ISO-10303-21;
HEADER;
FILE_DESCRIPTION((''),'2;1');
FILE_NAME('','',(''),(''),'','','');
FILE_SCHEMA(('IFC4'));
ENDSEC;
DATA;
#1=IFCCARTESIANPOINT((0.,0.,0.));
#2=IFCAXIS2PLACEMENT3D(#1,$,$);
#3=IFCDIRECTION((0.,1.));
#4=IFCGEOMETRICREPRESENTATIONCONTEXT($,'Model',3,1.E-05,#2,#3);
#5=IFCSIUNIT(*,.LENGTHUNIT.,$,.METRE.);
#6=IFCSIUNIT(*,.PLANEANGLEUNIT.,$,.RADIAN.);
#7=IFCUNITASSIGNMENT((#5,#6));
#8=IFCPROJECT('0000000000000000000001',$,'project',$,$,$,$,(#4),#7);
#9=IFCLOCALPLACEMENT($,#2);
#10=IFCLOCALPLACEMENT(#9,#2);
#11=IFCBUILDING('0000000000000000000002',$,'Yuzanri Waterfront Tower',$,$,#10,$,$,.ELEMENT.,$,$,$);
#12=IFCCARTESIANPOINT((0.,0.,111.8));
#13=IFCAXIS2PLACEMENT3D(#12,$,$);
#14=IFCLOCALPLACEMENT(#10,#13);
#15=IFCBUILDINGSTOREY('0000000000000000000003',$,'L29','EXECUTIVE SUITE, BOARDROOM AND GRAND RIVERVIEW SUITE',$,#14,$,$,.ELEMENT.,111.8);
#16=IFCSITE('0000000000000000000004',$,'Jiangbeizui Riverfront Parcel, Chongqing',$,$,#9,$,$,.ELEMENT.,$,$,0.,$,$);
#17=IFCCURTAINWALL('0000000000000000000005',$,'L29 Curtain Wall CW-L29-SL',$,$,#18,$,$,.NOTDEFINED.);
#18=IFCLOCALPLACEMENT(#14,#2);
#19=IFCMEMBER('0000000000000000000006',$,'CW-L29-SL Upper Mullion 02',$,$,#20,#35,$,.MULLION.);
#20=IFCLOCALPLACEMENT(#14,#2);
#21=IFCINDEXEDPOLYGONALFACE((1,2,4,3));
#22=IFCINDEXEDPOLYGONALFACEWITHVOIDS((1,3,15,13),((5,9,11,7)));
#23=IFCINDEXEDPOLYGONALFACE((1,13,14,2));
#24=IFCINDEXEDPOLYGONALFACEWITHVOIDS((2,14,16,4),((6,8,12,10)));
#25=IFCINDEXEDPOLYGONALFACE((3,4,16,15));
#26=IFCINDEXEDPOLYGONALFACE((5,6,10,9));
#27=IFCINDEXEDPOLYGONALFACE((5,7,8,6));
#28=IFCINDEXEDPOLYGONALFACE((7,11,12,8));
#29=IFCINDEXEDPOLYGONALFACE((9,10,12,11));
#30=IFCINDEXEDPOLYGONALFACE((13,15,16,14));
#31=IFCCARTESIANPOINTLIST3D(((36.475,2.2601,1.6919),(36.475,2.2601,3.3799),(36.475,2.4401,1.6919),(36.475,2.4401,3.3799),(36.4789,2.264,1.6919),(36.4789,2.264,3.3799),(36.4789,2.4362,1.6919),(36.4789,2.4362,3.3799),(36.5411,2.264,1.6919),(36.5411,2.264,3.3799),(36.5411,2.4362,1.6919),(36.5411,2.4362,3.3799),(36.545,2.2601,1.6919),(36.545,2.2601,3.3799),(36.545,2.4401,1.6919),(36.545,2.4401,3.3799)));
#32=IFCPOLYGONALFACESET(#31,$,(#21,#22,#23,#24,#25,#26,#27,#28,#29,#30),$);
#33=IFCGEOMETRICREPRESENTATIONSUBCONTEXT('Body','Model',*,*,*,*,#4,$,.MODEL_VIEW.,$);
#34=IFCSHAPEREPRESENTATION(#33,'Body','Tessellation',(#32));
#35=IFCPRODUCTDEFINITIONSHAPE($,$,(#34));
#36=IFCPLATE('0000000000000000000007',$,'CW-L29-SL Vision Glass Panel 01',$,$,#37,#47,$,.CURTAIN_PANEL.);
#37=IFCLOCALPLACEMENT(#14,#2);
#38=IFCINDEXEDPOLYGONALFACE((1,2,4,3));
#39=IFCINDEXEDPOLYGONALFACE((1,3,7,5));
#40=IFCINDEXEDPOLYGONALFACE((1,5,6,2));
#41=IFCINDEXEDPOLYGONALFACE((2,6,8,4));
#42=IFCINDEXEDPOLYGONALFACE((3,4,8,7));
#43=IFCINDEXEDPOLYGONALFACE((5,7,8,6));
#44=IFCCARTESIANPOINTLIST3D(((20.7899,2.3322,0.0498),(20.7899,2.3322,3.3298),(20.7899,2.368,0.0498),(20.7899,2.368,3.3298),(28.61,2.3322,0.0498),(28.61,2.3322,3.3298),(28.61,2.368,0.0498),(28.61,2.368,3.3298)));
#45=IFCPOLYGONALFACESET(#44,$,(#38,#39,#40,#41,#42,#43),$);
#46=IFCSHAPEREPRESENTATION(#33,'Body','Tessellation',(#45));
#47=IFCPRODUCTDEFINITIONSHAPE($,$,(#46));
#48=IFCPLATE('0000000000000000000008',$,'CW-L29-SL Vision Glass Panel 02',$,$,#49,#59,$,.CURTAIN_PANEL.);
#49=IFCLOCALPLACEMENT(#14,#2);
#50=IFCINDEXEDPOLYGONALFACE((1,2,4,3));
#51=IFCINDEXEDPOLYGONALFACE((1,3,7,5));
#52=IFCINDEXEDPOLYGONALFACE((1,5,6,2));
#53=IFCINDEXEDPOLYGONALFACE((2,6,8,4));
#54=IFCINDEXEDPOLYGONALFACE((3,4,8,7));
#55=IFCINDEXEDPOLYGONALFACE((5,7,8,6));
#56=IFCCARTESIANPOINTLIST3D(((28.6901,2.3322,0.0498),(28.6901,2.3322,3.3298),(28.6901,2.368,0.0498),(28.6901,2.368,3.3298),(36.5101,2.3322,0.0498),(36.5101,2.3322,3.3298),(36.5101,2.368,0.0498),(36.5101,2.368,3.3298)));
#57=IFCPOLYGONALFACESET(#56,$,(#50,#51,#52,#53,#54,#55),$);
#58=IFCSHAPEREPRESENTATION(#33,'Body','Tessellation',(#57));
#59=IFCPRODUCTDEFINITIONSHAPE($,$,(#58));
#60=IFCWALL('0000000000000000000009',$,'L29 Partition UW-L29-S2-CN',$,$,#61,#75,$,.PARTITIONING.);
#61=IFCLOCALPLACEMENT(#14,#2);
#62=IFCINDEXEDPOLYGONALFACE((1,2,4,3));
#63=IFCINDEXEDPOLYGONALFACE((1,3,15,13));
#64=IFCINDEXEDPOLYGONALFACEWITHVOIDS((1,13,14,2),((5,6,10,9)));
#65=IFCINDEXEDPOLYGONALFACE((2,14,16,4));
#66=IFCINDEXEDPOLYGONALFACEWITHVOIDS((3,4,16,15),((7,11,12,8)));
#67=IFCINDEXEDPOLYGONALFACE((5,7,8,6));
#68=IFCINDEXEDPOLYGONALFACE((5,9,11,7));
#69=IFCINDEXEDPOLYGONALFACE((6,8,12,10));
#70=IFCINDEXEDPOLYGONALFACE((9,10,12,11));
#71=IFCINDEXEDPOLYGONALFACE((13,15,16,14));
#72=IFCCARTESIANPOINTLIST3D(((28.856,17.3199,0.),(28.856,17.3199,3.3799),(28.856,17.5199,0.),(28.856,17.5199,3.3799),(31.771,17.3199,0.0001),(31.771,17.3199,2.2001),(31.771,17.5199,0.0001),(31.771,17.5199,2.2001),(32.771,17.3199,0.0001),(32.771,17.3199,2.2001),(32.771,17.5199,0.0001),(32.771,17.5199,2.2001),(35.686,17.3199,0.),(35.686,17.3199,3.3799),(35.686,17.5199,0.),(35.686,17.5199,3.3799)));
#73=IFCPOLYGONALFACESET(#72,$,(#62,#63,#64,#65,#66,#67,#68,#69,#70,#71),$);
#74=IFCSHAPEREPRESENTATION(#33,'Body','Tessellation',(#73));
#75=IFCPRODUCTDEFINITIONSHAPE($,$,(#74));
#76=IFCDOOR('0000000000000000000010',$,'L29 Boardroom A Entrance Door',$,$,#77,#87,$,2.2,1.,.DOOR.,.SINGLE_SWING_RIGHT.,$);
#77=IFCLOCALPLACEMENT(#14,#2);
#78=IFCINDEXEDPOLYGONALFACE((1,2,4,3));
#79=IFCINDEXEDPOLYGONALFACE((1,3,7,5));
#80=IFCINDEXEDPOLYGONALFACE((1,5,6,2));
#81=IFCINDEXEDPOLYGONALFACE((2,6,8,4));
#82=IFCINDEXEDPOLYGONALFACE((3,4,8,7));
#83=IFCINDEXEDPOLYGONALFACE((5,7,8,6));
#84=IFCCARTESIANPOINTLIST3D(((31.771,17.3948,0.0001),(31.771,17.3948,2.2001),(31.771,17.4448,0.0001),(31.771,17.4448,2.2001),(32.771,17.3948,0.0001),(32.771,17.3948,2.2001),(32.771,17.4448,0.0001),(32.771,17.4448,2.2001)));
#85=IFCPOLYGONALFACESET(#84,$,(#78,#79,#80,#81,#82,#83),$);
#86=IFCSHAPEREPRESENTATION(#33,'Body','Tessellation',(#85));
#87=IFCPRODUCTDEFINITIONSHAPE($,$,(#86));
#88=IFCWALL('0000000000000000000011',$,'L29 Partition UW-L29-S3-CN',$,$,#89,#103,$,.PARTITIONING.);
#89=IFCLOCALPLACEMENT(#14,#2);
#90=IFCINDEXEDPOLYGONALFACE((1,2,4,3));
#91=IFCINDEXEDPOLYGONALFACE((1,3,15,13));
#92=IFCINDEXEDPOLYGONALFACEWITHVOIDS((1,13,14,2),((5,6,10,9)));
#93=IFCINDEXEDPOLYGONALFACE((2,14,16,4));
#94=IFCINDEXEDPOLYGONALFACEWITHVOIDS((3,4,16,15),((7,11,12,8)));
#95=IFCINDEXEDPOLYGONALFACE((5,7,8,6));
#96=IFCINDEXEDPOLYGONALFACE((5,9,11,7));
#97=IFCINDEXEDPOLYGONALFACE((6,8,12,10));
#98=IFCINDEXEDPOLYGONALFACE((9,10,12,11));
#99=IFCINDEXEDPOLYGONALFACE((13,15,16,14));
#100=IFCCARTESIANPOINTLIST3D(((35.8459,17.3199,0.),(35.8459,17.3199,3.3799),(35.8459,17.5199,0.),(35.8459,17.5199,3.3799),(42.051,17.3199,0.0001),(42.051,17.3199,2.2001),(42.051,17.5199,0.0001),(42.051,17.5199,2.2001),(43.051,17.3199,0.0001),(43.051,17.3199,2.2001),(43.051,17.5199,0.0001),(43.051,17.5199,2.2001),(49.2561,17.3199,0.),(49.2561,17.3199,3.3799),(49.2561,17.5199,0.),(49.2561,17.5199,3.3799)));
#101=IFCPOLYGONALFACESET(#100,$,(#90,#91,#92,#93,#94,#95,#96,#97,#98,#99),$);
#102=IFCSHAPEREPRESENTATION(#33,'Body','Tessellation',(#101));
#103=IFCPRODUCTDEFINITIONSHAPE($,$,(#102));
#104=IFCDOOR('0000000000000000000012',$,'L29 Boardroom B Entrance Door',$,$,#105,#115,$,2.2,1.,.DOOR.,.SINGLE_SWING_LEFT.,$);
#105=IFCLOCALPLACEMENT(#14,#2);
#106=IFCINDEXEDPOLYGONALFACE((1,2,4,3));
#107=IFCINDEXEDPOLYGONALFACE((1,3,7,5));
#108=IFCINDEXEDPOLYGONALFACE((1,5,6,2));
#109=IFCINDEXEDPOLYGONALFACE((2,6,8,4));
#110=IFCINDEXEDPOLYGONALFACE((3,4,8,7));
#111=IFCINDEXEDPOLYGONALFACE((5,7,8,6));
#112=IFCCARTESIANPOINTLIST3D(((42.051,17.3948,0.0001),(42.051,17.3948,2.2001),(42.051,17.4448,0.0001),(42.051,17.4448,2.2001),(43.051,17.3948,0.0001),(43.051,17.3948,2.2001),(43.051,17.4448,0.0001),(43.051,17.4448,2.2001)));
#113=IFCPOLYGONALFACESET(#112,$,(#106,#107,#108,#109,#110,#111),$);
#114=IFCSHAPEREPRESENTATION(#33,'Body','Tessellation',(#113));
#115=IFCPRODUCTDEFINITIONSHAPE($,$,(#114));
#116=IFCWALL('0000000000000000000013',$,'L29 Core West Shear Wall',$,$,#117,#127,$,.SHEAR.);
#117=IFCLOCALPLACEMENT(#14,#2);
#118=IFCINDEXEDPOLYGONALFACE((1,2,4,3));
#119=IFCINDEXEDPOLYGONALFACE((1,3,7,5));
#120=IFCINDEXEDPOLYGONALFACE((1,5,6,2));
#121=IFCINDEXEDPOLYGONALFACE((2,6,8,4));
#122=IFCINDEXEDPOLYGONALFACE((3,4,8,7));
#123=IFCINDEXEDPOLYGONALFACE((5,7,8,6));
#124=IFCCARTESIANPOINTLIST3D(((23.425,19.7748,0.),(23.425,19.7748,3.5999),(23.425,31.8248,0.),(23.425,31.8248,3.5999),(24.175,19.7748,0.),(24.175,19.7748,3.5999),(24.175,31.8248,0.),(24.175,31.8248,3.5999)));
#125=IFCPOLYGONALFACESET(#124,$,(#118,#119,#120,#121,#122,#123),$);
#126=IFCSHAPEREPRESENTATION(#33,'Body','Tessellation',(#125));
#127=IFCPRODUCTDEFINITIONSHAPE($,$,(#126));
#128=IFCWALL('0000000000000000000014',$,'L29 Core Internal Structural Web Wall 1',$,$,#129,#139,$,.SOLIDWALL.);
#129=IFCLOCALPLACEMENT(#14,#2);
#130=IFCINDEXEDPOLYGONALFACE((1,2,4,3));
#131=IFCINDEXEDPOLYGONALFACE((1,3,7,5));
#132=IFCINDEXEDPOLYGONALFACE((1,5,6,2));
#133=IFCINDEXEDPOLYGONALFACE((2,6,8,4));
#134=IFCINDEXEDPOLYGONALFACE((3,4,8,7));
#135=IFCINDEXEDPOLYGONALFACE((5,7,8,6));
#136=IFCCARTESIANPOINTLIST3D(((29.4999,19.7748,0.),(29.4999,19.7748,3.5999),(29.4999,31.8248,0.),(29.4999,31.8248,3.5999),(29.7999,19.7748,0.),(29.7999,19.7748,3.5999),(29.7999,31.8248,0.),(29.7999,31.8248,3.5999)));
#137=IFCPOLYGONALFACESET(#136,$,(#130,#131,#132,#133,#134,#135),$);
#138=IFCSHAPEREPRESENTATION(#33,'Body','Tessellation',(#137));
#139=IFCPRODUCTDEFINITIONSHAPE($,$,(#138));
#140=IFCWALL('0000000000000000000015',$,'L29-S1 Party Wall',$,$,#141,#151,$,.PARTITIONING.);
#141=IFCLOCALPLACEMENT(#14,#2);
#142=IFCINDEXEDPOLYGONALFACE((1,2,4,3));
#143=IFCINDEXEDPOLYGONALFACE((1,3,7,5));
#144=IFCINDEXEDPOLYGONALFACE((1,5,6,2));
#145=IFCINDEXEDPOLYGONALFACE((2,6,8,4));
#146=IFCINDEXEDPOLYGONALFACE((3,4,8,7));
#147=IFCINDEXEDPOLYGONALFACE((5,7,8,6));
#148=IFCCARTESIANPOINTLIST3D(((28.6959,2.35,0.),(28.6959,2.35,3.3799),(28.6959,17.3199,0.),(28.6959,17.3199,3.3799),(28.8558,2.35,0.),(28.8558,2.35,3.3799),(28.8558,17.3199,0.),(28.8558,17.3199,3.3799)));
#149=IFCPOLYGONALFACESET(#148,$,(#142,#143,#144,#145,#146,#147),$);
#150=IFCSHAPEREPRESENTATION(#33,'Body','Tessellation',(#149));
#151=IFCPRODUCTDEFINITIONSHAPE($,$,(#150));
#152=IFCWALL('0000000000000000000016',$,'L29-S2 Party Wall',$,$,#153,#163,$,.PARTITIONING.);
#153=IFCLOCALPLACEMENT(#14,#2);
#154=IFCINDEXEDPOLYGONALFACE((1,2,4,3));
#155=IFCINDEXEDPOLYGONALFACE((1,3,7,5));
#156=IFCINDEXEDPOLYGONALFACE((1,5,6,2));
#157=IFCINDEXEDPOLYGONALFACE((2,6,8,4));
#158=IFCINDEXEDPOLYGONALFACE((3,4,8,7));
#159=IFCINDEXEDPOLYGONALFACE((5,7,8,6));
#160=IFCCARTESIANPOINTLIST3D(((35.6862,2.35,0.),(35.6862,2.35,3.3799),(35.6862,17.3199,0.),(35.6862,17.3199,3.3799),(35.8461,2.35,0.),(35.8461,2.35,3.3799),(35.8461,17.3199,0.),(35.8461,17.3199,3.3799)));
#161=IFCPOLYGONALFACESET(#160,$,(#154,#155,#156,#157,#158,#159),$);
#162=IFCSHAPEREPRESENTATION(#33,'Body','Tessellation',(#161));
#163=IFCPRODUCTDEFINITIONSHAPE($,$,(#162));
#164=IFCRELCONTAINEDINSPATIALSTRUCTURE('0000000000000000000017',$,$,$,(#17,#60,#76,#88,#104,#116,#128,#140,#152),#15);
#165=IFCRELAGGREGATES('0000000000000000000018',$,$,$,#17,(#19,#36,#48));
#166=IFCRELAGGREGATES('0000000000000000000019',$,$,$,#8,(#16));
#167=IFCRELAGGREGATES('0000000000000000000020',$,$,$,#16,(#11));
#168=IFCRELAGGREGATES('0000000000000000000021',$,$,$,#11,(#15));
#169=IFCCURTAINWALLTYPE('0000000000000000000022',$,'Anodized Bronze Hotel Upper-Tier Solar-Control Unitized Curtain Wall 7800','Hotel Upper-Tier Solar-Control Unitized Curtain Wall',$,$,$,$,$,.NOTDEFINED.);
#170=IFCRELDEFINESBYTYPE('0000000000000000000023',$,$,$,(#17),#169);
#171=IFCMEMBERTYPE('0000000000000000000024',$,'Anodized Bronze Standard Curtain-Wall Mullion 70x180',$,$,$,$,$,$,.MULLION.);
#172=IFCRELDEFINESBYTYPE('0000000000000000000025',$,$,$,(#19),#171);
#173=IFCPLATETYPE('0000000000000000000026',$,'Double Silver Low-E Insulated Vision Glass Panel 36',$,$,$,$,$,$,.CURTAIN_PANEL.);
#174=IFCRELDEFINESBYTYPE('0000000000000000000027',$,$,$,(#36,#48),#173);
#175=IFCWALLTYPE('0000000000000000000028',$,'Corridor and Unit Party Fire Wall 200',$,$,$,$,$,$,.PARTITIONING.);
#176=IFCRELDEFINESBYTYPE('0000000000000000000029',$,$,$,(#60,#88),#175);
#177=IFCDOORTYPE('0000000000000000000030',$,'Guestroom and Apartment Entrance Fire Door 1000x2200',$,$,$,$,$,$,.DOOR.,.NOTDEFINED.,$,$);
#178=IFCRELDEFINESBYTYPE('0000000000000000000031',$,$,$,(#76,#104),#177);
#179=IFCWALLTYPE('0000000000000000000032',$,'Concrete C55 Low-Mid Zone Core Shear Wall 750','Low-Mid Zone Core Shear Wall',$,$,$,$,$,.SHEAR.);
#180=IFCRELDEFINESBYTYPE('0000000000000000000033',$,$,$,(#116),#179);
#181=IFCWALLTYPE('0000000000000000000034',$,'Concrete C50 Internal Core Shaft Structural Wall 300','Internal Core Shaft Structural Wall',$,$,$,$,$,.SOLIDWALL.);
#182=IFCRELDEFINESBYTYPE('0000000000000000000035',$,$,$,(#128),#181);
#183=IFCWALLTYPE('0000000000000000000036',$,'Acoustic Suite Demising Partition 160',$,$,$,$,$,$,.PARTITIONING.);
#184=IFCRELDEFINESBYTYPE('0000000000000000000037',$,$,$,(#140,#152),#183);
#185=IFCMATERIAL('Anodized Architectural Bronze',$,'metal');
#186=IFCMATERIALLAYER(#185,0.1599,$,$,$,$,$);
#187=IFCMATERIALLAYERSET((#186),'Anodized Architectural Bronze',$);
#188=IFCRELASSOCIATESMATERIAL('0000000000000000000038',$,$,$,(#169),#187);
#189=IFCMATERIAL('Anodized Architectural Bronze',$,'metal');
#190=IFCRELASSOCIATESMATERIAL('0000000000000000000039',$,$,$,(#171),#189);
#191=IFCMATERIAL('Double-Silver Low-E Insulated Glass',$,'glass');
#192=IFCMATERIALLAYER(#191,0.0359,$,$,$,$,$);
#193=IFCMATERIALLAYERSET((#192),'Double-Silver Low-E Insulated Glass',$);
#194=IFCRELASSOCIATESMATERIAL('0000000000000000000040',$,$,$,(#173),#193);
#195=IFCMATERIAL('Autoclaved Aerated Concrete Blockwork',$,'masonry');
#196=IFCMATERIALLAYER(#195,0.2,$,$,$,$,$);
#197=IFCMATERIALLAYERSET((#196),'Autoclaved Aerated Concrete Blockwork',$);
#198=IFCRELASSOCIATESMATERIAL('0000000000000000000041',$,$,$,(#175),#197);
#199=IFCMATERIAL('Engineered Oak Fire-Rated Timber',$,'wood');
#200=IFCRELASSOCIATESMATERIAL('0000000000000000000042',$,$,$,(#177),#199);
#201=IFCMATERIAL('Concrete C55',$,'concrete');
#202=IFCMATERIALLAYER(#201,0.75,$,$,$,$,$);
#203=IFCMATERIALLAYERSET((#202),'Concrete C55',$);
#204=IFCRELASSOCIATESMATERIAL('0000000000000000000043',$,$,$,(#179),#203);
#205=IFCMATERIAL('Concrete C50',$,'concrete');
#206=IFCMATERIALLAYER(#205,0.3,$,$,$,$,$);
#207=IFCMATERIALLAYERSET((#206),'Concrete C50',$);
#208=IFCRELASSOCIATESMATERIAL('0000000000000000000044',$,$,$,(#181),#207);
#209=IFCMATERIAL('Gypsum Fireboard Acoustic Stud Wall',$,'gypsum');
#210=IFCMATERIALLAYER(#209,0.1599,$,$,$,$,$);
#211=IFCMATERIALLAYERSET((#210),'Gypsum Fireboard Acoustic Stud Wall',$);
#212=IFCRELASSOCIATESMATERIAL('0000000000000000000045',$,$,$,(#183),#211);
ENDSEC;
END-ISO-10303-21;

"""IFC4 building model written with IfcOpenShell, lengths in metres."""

from ifc_helpers import new_model, si_unit, direction, frame, frame_2d, origin, origin_2d, place, context, subcontext, project, spatial, rectangle, hollow_rectangle, extrude, source, transform, mapped, material, layer, layer_set, material_profile, profile_set, type_object, element, fill, aggregate, save


model = new_model("IFC4")

# Units and contexts
model_context = context("Model", 3, precision=1e-05, world=origin(), true_north=direction((0.0, 1.0)))
body_context = subcontext(model_context, "Body", "Model", "MODEL_VIEW")
ifc_project = project(units=[si_unit("LENGTHUNIT", "METRE"), si_unit("PLANEANGLEUNIT", "RADIAN")], contexts=[model_context])

# Site, building, storey
site_placement = place(None, origin())
site = spatial("IfcSite", under=ifc_project, at=site_placement, Name="Jiangbeizui Riverfront Parcel, Chongqing", CompositionType="ELEMENT", RefElevation=0.0)
building_placement = place(site_placement, origin())
building = spatial("IfcBuilding", under=site, at=building_placement, Name="Yuzanri Waterfront Tower", CompositionType="ELEMENT")
storey_placement = place(building_placement, frame((0.0, 0.0, 111.8)))
storey = spatial("IfcBuildingStorey", under=building, at=storey_placement, Name="L29", Description="EXECUTIVE SUITE, BOARDROOM AND GRAND RIVERVIEW SUITE", CompositionType="ELEMENT", Elevation=111.8)

# Curtain wall, member, plates
ifc_material_1 = material(Name="Anodized Architectural Bronze", Category="metal")
ifc_layer_1 = layer(ifc_material_1, 0.1599)
ifc_layer_set_1 = layer_set([ifc_layer_1], Name="Anodized Architectural Bronze")
curtain_wall_type = type_object("IfcCurtainWallType", Name="Anodized Bronze Hotel Upper-Tier Solar-Control Unitized Curtain Wall 7800", Description="Hotel Upper-Tier Solar-Control Unitized Curtain Wall", PredefinedType="NOTDEFINED", material=ifc_layer_set_1)
curtain_wall_placement = place(storey_placement, origin())
curtain_wall = element("IfcCurtainWall", 1, at=curtain_wall_placement, inside=storey, type_object=curtain_wall_type, Name="L29 Curtain Wall CW-L29-SL", PredefinedType="NOTDEFINED")
ifc_material_2 = material(Name="Anodized Architectural Bronze", Category="metal")
ifc_material_profile_1 = material_profile(ifc_material_2, hollow_rectangle(XDim=0.0701, YDim=0.1799, WallThickness=0.0039, at=origin_2d()), Name="CWM 70x180")
ifc_profile_set_1 = profile_set([ifc_material_profile_1], Name="Anodized Architectural Bronze")
member_type = type_object("IfcMemberType", Name="Anodized Bronze Standard Curtain-Wall Mullion 70x180", PredefinedType="MULLION", material=ifc_profile_set_1)
shared_shape_1 = source(origin(), body_context, "Body", "SweptSolid", [
    extrude(hollow_rectangle(XDim=0.0701, YDim=0.1799, WallThickness=0.0039, at=origin_2d()), origin(), (0.0, 0.0, 1.0), 1.688),
])
member_1_placement = place(storey_placement, frame((36.51, 2.3501, 1.6919), z_axis=(0.0, 0.0, 1.0), x_axis=(1.0, 0.0, 0.0)))
member_1 = element("IfcMember", 2, at=member_1_placement, type_object=member_type, Name="CW-L29-SL Upper Mullion 02", PredefinedType="MULLION", context=body_context, shape_type="MappedRepresentation", body=[
    mapped(shared_shape_1, transform((0.0, 0.0, 0.0), scale=1.0)),
])
ifc_material_3 = material(Name="Double-Silver Low-E Insulated Glass", Category="glass")
ifc_layer_2 = layer(ifc_material_3, 0.0359)
ifc_layer_set_2 = layer_set([ifc_layer_2], Name="Double-Silver Low-E Insulated Glass")
plate_type = type_object("IfcPlateType", Name="Double Silver Low-E Insulated Vision Glass Panel 36", PredefinedType="CURTAIN_PANEL", material=ifc_layer_set_2)
shared_shape_2 = source(origin(), body_context, "Body", "SweptSolid", [
    extrude(rectangle(XDim=7.8201, YDim=0.0359, at=origin_2d()), origin(), (0.0, 0.0, 1.0), 3.28),
])
plate_1_placement = place(storey_placement, frame((24.7, 2.3501, 0.0498), z_axis=(0.0, 0.0, 1.0), x_axis=(1.0, 0.0, 0.0)))
plate_1 = element("IfcPlate", 3, at=plate_1_placement, type_object=plate_type, Name="CW-L29-SL Vision Glass Panel 01", PredefinedType="CURTAIN_PANEL", context=body_context, shape_type="MappedRepresentation", body=[
    mapped(shared_shape_2, transform((0.0, 0.0, 0.0), scale=1.0)),
])
plate_2_placement = place(storey_placement, frame((32.6001, 2.3501, 0.0498), z_axis=(0.0, 0.0, 1.0), x_axis=(1.0, 0.0, 0.0)))
plate_2 = element("IfcPlate", 4, at=plate_2_placement, type_object=plate_type, Name="CW-L29-SL Vision Glass Panel 02", PredefinedType="CURTAIN_PANEL", context=body_context, shape_type="MappedRepresentation", body=[
    mapped(shared_shape_2, transform((0.0, 0.0, 0.0), scale=1.0)),
])
aggregate(curtain_wall, [member_1, plate_1, plate_2])

# Walls, openings, doors
ifc_material_4 = material(Name="Autoclaved Aerated Concrete Blockwork", Category="masonry")
ifc_layer_3 = layer(ifc_material_4, 0.2)
ifc_layer_set_3 = layer_set([ifc_layer_3], Name="Autoclaved Aerated Concrete Blockwork")
wall_type_1 = type_object("IfcWallType", Name="Corridor and Unit Party Fire Wall 200", PredefinedType="PARTITIONING", material=ifc_layer_set_3)
wall_1_placement = place(storey_placement, frame((28.856, 17.4199, 0.0), z_axis=(0.0, 0.0, 1.0), x_axis=(1.0, 0.0, 0.0)))
wall_1 = element("IfcWall", 5, at=wall_1_placement, inside=storey, type_object=wall_type_1, Name="L29 Partition UW-L29-S2-CN", PredefinedType="PARTITIONING", context=body_context, shape_type="SweptSolid", body=[
    extrude(rectangle(XDim=6.8301, YDim=0.2, at=frame_2d((3.415, 0.0))), origin(), (0.0, 0.0, 1.0), 3.3799),
])
opening_1_placement = place(wall_1_placement, frame((2.915, 0.0, 0.0)))
opening_1 = element("IfcOpeningElement", 6, at=opening_1_placement, cuts=wall_1, PredefinedType="OPENING", context=body_context, shape_type="SweptSolid", body=[
    extrude(rectangle(XDim=1.0, YDim=2.2, at=frame_2d((0.5, 1.1001))), frame((0.0, 0.1147, 0.0), z_axis=(0.0, -1.0, 0.0), x_axis=(1.0, 0.0, 0.0)), (0.0, 0.0, 1.0), 0.2297),
])
ifc_material_5 = material(Name="Engineered Oak Fire-Rated Timber", Category="wood")
door_type = type_object("IfcDoorType", Name="Guestroom and Apartment Entrance Fire Door 1000x2200", OperationType="NOTDEFINED", PredefinedType="DOOR", material=ifc_material_5)
shared_shape_3 = source(origin(), body_context, "Body", "SweptSolid", [
    extrude(rectangle(XDim=1.0, YDim=2.2, at=frame_2d((0.5, 1.1001))), frame((0.0, 0.0249, 0.0), z_axis=(0.0, -1.0, 0.0), x_axis=(1.0, 0.0, 0.0)), (0.0, 0.0, 1.0), 0.05),
])
door_1_placement = place(opening_1_placement, origin())
door_1 = element("IfcDoor", 7, at=door_1_placement, inside=storey, type_object=door_type, Name="L29 Boardroom A Entrance Door", OperationType="SINGLE_SWING_RIGHT", OverallHeight=2.2, OverallWidth=1.0, PredefinedType="DOOR", context=body_context, shape_type="MappedRepresentation", body=[
    mapped(shared_shape_3, transform((0.0, 0.0, 0.0), scale=1.0)),
])
fill(opening_1, door_1)
wall_2_placement = place(storey_placement, frame((35.8459, 17.4199, 0.0), z_axis=(0.0, 0.0, 1.0), x_axis=(1.0, 0.0, 0.0)))
wall_2 = element("IfcWall", 8, at=wall_2_placement, inside=storey, type_object=wall_type_1, Name="L29 Partition UW-L29-S3-CN", PredefinedType="PARTITIONING", context=body_context, shape_type="SweptSolid", body=[
    extrude(rectangle(XDim=13.4102, YDim=0.2, at=frame_2d((6.7051, 0.0))), origin(), (0.0, 0.0, 1.0), 3.3799),
])
opening_2_placement = place(wall_2_placement, frame((6.2051, 0.0, 0.0)))
opening_2 = element("IfcOpeningElement", 9, at=opening_2_placement, cuts=wall_2, PredefinedType="OPENING", context=body_context, shape_type="SweptSolid", body=[
    extrude(rectangle(XDim=1.0, YDim=2.2, at=frame_2d((0.5, 1.1001))), frame((0.0, 0.1147, 0.0), z_axis=(0.0, -1.0, 0.0), x_axis=(1.0, 0.0, 0.0)), (0.0, 0.0, 1.0), 0.2297),
])
door_2_placement = place(opening_2_placement, origin())
door_2 = element("IfcDoor", 10, at=door_2_placement, inside=storey, type_object=door_type, Name="L29 Boardroom B Entrance Door", OperationType="SINGLE_SWING_LEFT", OverallHeight=2.2, OverallWidth=1.0, PredefinedType="DOOR", context=body_context, shape_type="MappedRepresentation", body=[
    mapped(shared_shape_3, transform((0.0, 0.0, 0.0), scale=1.0)),
])
fill(opening_2, door_2)

# Walls
ifc_material_6 = material(Name="Concrete C55", Category="concrete")
ifc_layer_4 = layer(ifc_material_6, 0.75)
ifc_layer_set_4 = layer_set([ifc_layer_4], Name="Concrete C55")
wall_type_2 = type_object("IfcWallType", Name="Concrete C55 Low-Mid Zone Core Shear Wall 750", Description="Low-Mid Zone Core Shear Wall", PredefinedType="SHEAR", material=ifc_layer_set_4)
shared_shape_4 = source(origin(), body_context, "Body", "SweptSolid", [
    extrude(rectangle(XDim=12.05, YDim=0.75, at=frame_2d((6.0249, 0.0))), origin(), (0.0, 0.0, 1.0), 3.5999),
])
wall_3_placement = place(storey_placement, frame((23.8, 19.7749, 0.0), z_axis=(0.0, 0.0, 1.0), x_axis=(0.0, 1.0, 0.0)))
element("IfcWall", 11, at=wall_3_placement, inside=storey, type_object=wall_type_2, Name="L29 Core West Shear Wall", PredefinedType="SHEAR", context=body_context, shape_type="MappedRepresentation", body=[
    mapped(shared_shape_4, transform((0.0, 0.0, 0.0), scale=1.0)),
])
ifc_material_7 = material(Name="Concrete C50", Category="concrete")
ifc_layer_5 = layer(ifc_material_7, 0.3)
ifc_layer_set_5 = layer_set([ifc_layer_5], Name="Concrete C50")
wall_type_3 = type_object("IfcWallType", Name="Concrete C50 Internal Core Shaft Structural Wall 300", Description="Internal Core Shaft Structural Wall", PredefinedType="SOLIDWALL", material=ifc_layer_set_5)
shared_shape_5 = source(origin(), body_context, "Body", "SweptSolid", [
    extrude(rectangle(XDim=12.05, YDim=0.3, at=frame_2d((6.0249, 0.0))), origin(), (0.0, 0.0, 1.0), 3.5999),
])
wall_4_placement = place(storey_placement, frame((29.6499, 19.7749, 0.0), z_axis=(0.0, 0.0, 1.0), x_axis=(0.0, 1.0, 0.0)))
element("IfcWall", 12, at=wall_4_placement, inside=storey, type_object=wall_type_3, Name="L29 Core Internal Structural Web Wall 1", PredefinedType="SOLIDWALL", context=body_context, shape_type="MappedRepresentation", body=[
    mapped(shared_shape_5, transform((0.0, 0.0, 0.0), scale=1.0)),
])
ifc_material_8 = material(Name="Gypsum Fireboard Acoustic Stud Wall", Category="gypsum")
ifc_layer_6 = layer(ifc_material_8, 0.1599)
ifc_layer_set_6 = layer_set([ifc_layer_6], Name="Gypsum Fireboard Acoustic Stud Wall")
wall_type_4 = type_object("IfcWallType", Name="Acoustic Suite Demising Partition 160", PredefinedType="PARTITIONING", material=ifc_layer_set_6)
shared_shape_6 = source(origin(), body_context, "Body", "SweptSolid", [
    extrude(rectangle(XDim=14.97, YDim=0.1599, at=frame_2d((7.4849, 0.0))), origin(), (0.0, 0.0, 1.0), 3.3799),
])
for number, where, z_axis, x_axis, name in (
    (13, (28.7759, 2.3501, 0.0), (0.0, 0.0, 1.0), (0.0, 1.0, 0.0), "L29-S1 Party Wall"),
    (14, (35.7661, 2.3501, 0.0), (0.0, 0.0, 1.0), (0.0, 1.0, 0.0), "L29-S2 Party Wall"),
):
    element("IfcWall", number, at=place(storey_placement, frame(where, z_axis=z_axis, x_axis=x_axis)), inside=storey, type_object=wall_type_4, Name=name, PredefinedType="PARTITIONING", context=body_context, shape_type="MappedRepresentation", body=[
        mapped(shared_shape_6, transform((0.0, 0.0, 0.0), scale=1.0)),
    ])

save(model, "model.ifc")
